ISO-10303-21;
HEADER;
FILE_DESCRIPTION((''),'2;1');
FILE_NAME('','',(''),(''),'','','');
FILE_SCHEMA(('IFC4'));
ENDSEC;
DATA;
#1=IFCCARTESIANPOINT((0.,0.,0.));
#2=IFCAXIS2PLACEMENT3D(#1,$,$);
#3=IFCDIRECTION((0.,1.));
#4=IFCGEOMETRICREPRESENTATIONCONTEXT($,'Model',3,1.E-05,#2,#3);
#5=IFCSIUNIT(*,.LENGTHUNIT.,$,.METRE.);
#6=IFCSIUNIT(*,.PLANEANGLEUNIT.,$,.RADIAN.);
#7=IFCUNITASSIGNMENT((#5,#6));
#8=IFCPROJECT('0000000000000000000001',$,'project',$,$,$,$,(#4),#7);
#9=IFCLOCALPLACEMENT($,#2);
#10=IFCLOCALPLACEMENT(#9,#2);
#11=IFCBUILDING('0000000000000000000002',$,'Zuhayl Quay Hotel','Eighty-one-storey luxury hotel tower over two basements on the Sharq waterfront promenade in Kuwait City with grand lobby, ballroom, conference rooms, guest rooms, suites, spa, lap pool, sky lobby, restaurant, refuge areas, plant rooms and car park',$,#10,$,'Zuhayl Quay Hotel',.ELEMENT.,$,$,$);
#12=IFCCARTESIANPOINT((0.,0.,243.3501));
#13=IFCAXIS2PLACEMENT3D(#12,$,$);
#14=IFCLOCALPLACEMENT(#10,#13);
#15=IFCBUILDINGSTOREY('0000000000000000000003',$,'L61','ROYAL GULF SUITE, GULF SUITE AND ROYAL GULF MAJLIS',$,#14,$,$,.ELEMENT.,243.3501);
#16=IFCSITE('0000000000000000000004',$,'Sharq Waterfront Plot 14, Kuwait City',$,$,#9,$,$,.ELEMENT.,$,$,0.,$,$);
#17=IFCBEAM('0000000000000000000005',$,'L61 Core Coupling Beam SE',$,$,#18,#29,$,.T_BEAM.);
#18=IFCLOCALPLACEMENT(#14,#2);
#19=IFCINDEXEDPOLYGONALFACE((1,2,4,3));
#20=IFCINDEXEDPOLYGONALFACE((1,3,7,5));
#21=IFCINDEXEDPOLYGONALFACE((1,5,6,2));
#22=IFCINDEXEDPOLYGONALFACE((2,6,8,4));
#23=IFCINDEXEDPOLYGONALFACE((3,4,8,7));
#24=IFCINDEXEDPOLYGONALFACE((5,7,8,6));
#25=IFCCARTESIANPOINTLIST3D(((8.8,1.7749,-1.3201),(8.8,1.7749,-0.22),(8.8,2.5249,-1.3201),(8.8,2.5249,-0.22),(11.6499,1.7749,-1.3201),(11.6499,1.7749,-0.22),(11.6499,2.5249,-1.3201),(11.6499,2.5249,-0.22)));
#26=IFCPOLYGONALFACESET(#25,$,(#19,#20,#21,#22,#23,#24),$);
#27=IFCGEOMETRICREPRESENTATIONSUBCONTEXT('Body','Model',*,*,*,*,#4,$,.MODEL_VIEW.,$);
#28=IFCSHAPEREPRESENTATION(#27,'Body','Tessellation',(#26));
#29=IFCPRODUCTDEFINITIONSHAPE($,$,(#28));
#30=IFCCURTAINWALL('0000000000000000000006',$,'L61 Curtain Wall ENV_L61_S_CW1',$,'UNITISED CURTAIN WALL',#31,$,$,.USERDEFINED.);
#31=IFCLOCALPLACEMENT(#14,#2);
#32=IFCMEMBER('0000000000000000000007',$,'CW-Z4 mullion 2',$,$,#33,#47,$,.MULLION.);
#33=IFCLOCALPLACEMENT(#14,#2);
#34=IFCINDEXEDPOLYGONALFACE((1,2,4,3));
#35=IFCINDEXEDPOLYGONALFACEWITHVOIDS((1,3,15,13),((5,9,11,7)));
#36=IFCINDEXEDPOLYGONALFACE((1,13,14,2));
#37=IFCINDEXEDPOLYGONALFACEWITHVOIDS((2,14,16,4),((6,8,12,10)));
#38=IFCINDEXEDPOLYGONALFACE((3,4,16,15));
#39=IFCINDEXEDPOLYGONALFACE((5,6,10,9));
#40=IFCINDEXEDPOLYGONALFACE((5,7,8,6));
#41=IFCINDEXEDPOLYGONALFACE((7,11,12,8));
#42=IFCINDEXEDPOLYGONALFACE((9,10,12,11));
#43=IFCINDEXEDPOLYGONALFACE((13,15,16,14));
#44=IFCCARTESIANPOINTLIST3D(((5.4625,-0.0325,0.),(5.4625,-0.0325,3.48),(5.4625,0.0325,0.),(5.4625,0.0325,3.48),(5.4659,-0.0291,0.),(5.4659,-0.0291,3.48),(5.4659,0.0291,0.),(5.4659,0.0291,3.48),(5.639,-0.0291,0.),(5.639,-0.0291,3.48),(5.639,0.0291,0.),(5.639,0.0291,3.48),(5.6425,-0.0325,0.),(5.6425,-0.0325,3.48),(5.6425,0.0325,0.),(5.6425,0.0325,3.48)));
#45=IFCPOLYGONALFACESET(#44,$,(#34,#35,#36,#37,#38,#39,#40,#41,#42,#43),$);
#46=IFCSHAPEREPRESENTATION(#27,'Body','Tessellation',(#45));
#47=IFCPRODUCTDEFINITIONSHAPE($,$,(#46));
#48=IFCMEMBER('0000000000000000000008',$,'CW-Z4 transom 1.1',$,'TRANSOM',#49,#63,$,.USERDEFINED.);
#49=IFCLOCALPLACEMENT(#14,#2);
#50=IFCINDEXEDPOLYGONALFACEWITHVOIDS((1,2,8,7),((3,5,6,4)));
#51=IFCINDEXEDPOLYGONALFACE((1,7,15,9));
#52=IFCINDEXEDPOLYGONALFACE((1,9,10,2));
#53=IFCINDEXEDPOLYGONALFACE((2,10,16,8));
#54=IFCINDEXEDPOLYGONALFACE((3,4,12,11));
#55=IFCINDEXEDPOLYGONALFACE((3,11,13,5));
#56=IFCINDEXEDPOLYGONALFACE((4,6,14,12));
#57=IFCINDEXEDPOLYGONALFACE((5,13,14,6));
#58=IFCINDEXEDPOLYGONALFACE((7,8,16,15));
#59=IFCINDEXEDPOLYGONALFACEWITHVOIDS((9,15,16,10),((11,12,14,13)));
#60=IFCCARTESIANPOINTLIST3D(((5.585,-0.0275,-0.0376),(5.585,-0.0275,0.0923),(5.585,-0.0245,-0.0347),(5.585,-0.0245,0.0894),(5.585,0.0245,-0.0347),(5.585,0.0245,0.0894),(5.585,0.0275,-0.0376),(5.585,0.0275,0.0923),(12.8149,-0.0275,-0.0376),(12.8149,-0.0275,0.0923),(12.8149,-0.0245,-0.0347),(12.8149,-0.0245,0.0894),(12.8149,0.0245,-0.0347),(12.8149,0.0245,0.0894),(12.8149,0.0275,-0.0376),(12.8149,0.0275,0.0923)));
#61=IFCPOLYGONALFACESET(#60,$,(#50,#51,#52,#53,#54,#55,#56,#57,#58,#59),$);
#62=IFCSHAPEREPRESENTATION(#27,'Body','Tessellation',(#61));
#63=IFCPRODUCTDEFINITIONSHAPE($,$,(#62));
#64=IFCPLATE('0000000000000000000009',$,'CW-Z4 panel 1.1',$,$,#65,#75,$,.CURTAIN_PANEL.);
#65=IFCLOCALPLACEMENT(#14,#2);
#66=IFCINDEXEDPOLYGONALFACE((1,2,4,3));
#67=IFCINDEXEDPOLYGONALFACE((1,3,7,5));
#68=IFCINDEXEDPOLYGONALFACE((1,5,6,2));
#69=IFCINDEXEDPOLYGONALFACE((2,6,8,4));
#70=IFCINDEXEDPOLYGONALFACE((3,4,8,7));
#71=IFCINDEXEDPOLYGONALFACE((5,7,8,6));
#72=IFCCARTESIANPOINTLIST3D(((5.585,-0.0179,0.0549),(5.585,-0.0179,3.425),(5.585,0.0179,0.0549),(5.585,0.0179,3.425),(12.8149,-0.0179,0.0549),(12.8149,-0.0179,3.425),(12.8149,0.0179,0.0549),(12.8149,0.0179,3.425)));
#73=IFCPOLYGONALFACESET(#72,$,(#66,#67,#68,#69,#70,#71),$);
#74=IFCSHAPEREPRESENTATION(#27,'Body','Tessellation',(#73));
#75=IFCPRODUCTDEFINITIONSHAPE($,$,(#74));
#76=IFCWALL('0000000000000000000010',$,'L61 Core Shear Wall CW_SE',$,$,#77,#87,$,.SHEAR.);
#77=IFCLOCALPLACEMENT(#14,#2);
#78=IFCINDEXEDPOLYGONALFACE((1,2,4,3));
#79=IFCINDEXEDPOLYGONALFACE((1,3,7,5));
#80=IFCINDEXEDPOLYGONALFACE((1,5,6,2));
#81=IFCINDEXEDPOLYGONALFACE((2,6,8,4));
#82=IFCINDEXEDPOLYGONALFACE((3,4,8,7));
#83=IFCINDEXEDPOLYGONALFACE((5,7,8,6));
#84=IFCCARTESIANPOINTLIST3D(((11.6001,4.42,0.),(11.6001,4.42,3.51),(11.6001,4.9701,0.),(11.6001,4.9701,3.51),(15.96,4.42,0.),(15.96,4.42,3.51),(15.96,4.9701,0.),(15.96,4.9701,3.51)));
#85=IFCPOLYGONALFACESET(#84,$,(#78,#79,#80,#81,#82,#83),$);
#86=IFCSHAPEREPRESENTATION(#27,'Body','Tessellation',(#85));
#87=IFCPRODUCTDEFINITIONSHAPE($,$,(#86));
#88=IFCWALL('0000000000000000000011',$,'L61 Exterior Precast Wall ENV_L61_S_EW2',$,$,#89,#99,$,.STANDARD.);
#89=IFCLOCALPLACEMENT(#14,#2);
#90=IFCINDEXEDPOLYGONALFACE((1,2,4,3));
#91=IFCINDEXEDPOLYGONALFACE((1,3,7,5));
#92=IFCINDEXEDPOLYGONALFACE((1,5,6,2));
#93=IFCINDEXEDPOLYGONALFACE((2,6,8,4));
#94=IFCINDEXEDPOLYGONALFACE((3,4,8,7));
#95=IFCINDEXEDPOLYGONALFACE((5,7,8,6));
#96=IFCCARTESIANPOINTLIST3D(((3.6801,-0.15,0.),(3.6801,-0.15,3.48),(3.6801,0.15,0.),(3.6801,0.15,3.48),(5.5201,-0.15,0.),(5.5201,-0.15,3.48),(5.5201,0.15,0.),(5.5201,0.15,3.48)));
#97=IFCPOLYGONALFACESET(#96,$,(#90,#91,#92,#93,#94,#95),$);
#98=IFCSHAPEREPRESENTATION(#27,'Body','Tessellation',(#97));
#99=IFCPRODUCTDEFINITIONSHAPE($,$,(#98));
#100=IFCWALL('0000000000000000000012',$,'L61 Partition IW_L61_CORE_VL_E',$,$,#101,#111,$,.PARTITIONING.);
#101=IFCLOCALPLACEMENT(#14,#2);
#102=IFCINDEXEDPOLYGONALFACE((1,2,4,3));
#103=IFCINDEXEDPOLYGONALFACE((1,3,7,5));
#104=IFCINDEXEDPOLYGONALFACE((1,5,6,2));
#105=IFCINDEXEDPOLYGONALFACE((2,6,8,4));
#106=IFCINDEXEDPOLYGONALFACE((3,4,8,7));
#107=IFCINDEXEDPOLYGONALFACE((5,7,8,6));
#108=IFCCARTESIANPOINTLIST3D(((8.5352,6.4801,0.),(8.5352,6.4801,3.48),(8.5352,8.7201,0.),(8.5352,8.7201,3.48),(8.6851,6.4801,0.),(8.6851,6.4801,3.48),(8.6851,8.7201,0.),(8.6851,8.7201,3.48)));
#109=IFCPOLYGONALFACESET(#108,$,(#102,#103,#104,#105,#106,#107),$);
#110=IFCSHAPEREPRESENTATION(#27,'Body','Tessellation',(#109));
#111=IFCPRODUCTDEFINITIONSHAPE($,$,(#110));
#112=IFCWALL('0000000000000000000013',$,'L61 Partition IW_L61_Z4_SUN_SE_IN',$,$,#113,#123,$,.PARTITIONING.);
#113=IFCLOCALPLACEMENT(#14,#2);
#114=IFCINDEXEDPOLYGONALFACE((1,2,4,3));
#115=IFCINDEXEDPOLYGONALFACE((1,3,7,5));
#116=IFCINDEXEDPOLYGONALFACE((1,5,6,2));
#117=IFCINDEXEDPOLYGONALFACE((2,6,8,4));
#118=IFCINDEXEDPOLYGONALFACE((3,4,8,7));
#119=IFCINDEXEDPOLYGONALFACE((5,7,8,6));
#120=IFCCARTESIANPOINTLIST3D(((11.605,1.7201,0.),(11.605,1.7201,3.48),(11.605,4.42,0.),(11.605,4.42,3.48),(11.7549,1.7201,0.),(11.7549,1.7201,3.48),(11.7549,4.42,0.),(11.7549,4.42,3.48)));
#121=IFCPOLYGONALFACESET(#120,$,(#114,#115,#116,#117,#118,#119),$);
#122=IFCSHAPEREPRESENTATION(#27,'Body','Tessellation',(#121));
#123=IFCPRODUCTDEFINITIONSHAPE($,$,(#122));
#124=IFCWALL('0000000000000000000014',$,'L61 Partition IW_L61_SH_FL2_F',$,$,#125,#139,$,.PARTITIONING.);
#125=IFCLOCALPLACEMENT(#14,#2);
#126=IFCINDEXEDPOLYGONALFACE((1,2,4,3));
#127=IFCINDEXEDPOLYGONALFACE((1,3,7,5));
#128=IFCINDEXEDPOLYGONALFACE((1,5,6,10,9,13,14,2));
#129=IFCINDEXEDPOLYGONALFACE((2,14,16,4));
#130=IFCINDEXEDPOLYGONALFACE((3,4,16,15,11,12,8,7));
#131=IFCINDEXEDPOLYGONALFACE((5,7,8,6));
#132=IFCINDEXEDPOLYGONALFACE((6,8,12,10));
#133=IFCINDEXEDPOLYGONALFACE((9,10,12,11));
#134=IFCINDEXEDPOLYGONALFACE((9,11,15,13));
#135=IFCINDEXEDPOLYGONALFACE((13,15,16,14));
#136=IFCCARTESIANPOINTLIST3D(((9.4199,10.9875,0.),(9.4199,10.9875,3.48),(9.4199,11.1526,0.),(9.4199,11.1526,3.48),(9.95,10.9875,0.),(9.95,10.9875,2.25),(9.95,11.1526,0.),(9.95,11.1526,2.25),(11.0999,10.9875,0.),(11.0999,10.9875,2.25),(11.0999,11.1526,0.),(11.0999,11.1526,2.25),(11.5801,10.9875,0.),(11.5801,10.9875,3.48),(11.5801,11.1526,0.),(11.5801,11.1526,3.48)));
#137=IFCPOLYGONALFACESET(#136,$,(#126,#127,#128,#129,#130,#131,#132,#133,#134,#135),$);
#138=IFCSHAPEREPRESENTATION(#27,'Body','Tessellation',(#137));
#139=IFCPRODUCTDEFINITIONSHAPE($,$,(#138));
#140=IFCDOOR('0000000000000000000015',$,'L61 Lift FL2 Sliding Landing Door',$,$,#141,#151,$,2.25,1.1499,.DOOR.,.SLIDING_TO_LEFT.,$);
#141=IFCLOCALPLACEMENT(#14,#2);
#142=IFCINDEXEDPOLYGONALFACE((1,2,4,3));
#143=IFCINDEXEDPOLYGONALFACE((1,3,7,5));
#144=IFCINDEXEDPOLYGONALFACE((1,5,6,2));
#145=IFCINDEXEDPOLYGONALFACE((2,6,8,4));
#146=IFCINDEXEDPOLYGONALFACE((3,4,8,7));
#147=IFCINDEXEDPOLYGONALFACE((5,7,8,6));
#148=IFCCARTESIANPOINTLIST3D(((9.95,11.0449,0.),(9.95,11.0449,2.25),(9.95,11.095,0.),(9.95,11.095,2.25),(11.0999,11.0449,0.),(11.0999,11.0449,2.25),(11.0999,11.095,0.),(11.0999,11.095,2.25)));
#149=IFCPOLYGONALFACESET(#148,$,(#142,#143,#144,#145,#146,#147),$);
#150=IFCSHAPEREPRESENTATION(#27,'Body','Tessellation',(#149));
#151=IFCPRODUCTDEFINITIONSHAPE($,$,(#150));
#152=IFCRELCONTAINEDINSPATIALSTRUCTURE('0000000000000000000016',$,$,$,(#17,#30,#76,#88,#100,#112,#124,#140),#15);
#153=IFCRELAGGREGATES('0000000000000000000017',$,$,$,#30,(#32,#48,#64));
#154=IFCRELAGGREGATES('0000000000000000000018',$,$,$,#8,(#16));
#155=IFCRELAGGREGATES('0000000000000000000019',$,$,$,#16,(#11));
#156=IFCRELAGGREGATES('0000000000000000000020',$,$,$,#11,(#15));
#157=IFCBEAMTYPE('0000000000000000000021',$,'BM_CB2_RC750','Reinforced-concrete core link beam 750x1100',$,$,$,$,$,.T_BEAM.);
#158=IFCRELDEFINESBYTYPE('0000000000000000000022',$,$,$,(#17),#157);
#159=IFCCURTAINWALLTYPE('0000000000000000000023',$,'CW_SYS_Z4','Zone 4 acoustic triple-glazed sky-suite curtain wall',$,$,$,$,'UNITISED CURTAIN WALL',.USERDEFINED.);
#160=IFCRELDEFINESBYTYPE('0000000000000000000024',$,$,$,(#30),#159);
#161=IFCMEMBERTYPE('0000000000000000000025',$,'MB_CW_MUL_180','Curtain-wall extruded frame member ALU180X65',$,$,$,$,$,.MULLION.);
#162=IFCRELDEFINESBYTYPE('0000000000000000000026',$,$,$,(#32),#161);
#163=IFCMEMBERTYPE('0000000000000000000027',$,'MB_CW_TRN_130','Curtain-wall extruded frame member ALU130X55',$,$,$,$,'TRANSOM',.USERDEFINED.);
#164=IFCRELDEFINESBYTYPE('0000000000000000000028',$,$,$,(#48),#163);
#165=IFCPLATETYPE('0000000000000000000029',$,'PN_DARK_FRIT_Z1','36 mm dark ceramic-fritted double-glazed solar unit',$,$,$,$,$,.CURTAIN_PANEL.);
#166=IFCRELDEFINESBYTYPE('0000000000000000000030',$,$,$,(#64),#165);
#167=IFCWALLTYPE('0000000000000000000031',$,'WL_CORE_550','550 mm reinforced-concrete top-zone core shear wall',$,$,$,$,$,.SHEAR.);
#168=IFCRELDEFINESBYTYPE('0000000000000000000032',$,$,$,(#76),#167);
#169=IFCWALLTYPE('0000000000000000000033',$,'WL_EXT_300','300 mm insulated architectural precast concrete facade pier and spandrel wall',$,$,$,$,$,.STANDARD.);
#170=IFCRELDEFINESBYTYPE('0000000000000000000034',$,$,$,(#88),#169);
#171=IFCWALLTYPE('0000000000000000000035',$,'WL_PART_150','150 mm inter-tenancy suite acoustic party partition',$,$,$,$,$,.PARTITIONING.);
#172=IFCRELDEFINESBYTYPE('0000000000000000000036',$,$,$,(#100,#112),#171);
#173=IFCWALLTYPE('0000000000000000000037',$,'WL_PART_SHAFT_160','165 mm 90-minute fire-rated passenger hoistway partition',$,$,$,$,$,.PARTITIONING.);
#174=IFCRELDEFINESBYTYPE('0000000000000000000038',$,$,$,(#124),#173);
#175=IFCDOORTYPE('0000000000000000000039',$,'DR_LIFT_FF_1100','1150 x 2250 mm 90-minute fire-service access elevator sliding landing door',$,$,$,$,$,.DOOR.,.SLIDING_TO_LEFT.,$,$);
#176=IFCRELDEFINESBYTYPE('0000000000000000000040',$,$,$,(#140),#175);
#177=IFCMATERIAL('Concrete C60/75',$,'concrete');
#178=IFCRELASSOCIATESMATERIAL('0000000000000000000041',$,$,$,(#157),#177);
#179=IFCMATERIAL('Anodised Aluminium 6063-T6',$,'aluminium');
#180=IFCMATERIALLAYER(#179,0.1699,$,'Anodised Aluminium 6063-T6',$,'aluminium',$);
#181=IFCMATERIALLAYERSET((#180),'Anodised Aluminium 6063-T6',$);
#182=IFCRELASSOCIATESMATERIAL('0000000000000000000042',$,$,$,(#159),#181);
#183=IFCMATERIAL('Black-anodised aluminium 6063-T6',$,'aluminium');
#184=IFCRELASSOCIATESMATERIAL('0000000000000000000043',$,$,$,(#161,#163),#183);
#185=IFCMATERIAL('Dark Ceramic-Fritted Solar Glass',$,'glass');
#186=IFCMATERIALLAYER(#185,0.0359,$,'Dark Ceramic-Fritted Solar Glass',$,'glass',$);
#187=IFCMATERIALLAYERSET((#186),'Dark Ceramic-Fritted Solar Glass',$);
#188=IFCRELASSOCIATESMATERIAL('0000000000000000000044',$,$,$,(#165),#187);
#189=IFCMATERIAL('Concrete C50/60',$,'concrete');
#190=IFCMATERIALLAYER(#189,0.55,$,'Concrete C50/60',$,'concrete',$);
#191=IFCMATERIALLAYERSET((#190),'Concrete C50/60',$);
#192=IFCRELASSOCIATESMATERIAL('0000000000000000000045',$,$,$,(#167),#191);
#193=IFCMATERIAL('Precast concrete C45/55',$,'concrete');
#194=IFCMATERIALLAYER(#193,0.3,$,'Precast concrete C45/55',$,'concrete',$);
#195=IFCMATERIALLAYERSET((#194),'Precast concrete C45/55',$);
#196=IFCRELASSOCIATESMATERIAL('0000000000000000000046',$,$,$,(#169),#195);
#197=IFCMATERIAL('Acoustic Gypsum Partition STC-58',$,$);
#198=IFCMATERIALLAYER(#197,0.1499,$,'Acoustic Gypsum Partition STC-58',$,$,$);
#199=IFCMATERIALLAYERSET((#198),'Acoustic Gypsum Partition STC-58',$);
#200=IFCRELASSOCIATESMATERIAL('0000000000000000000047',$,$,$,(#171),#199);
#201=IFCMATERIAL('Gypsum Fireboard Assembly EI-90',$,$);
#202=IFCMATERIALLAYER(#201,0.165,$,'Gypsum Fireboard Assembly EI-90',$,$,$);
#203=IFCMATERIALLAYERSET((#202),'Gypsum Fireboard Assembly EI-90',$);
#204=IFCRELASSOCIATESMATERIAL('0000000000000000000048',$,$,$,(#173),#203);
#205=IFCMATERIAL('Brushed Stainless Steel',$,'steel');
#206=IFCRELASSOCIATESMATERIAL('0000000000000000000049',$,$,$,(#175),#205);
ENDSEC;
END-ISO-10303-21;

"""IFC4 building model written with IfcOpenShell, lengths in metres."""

from ifc_helpers import new_model, si_unit, direction, frame, frame_2d, origin, origin_2d, place, context, subcontext, project, spatial, rectangle, hollow_rectangle, extrude, material, layer, layer_set, material_profile, profile_set, type_object, element, fill, aggregate, save


model = new_model("IFC4")

# Units and contexts
model_context = context("Model", 3, precision=1e-05, world=origin(), true_north=direction((0.0, 1.0)))
body_context = subcontext(model_context, "Body", "Model", "MODEL_VIEW")
ifc_project = project(units=[si_unit("LENGTHUNIT", "METRE"), si_unit("PLANEANGLEUNIT", "RADIAN")], contexts=[model_context])

# Site, building, storey
site_placement = place(None, origin())
site = spatial("IfcSite", under=ifc_project, at=site_placement, Name="Sharq Waterfront Plot 14, Kuwait City", CompositionType="ELEMENT", RefElevation=0.0)
building_placement = place(site_placement, origin())
building = spatial("IfcBuilding", under=site, at=building_placement, Name="Zuhayl Quay Hotel", Description="Eighty-one-storey luxury hotel tower over two basements on the Sharq waterfront promenade in Kuwait City with grand lobby, ballroom, conference rooms, guest rooms, suites, spa, lap pool, sky lobby, restaurant, refuge areas, plant rooms and car park", LongName="Zuhayl Quay Hotel", CompositionType="ELEMENT")
storey_placement = place(building_placement, frame((0.0, 0.0, 243.3501)))
storey = spatial("IfcBuildingStorey", under=building, at=storey_placement, Name="L61", Description="ROYAL GULF SUITE, GULF SUITE AND ROYAL GULF MAJLIS", CompositionType="ELEMENT", Elevation=243.3501)

# Beam
ifc_material_1 = material(Name="Concrete C60/75", Category="concrete")
ifc_material_profile_1 = material_profile(ifc_material_1, rectangle(XDim=0.75, YDim=1.1001, at=origin_2d()), Name="RC750X1100")
ifc_profile_set_1 = profile_set([ifc_material_profile_1], Name="Concrete C60/75")
beam_type = type_object("IfcBeamType", Name="BM_CB2_RC750", Description="Reinforced-concrete core link beam 750x1100", PredefinedType="T_BEAM", material=ifc_profile_set_1)
beam_placement = place(storey_placement, frame((8.8, 2.1499, -0.77), z_axis=(1.0, 0.0, 0.0), x_axis=(0.0, 1.0, 0.0)))
element("IfcBeam", 1, at=beam_placement, inside=storey, type_object=beam_type, Name="L61 Core Coupling Beam SE", PredefinedType="T_BEAM", context=body_context, shape_type="SweptSolid", body=[
    extrude(rectangle(XDim=0.75, YDim=1.1001, at=origin_2d()), origin(), (0.0, 0.0, 1.0), 2.8499),
])

# Curtain wall, members, plate
ifc_material_2 = material(Name="Anodised Aluminium 6063-T6", Category="aluminium")
ifc_layer_1 = layer(ifc_material_2, 0.1699, Name="Anodised Aluminium 6063-T6", Category="aluminium")
ifc_layer_set_1 = layer_set([ifc_layer_1], Name="Anodised Aluminium 6063-T6")
curtain_wall_type = type_object("IfcCurtainWallType", Name="CW_SYS_Z4", Description="Zone 4 acoustic triple-glazed sky-suite curtain wall", ElementType="UNITISED CURTAIN WALL", PredefinedType="USERDEFINED", material=ifc_layer_set_1)
curtain_wall_placement = place(storey_placement, origin())
curtain_wall = element("IfcCurtainWall", 2, at=curtain_wall_placement, inside=storey, type_object=curtain_wall_type, Name="L61 Curtain Wall ENV_L61_S_CW1", ObjectType="UNITISED CURTAIN WALL", PredefinedType="USERDEFINED")
ifc_material_3 = material(Name="Black-anodised aluminium 6063-T6", Category="aluminium")
ifc_material_profile_2 = material_profile(ifc_material_3, hollow_rectangle(XDim=0.0649, YDim=0.1799, WallThickness=0.0034, at=origin_2d()), Name="ALU180X65")
ifc_profile_set_2 = profile_set([ifc_material_profile_2], Name="Black-anodised aluminium 6063-T6")
member_type_1 = type_object("IfcMemberType", Name="MB_CW_MUL_180", Description="Curtain-wall extruded frame member ALU180X65", PredefinedType="MULLION", material=ifc_profile_set_2)
member_1_placement = place(storey_placement, frame((5.5525, 0.0, 0.0), z_axis=(0.0, 0.0, 1.0), x_axis=(0.0, -1.0, 0.0)))
member_1 = element("IfcMember", 3, at=member_1_placement, type_object=member_type_1, Name="CW-Z4 mullion 2", PredefinedType="MULLION", context=body_context, shape_type="SweptSolid", body=[
    extrude(hollow_rectangle(XDim=0.0649, YDim=0.1799, WallThickness=0.0034, at=origin_2d()), origin(), (0.0, 0.0, 1.0), 3.48),
])
ifc_material_profile_3 = material_profile(ifc_material_3, hollow_rectangle(XDim=0.0549, YDim=0.1299, WallThickness=0.0029, at=origin_2d()), Name="ALU130X55")
ifc_profile_set_3 = profile_set([ifc_material_profile_3], Name="Black-anodised aluminium 6063-T6")
member_type_2 = type_object("IfcMemberType", Name="MB_CW_TRN_130", Description="Curtain-wall extruded frame member ALU130X55", ElementType="TRANSOM", PredefinedType="USERDEFINED", material=ifc_profile_set_3)
member_2_placement = place(storey_placement, frame((12.8149, 0.0, 0.0273), z_axis=(-1.0, 0.0, 0.0), x_axis=(0.0, -1.0, 0.0)))
member_2 = element("IfcMember", 4, at=member_2_placement, type_object=member_type_2, Name="CW-Z4 transom 1.1", ObjectType="TRANSOM", PredefinedType="USERDEFINED", context=body_context, shape_type="SweptSolid", body=[
    extrude(hollow_rectangle(XDim=0.0549, YDim=0.1299, WallThickness=0.0029, at=origin_2d()), origin(), (0.0, 0.0, 1.0), 7.23),
])
ifc_material_4 = material(Name="Dark Ceramic-Fritted Solar Glass", Category="glass")
ifc_layer_2 = layer(ifc_material_4, 0.0359, Name="Dark Ceramic-Fritted Solar Glass", Category="glass")
ifc_layer_set_2 = layer_set([ifc_layer_2], Name="Dark Ceramic-Fritted Solar Glass")
plate_type = type_object("IfcPlateType", Name="PN_DARK_FRIT_Z1", Description="36 mm dark ceramic-fritted double-glazed solar unit", PredefinedType="CURTAIN_PANEL", material=ifc_layer_set_2)
plate_placement = place(storey_placement, frame((9.2, 0.0, 0.0549), z_axis=(0.0, 0.0, 1.0), x_axis=(-1.0, 0.0, 0.0)))
plate = element("IfcPlate", 5, at=plate_placement, type_object=plate_type, Name="CW-Z4 panel 1.1", PredefinedType="CURTAIN_PANEL", context=body_context, shape_type="SweptSolid", body=[
    extrude(rectangle(XDim=7.23, YDim=0.0359, at=origin_2d()), origin(), (0.0, 0.0, 1.0), 3.3701),
])
aggregate(curtain_wall, [member_1, member_2, plate])

# Walls
ifc_material_5 = material(Name="Concrete C50/60", Category="concrete")
ifc_layer_3 = layer(ifc_material_5, 0.55, Name="Concrete C50/60", Category="concrete")
ifc_layer_set_3 = layer_set([ifc_layer_3], Name="Concrete C50/60")
wall_type_1 = type_object("IfcWallType", Name="WL_CORE_550", Description="550 mm reinforced-concrete top-zone core shear wall", PredefinedType="SHEAR", material=ifc_layer_set_3)
wall_1_placement = place(storey_placement, frame((11.6001, 4.6951, 0.0), z_axis=(0.0, 0.0, 1.0), x_axis=(1.0, 0.0, 0.0)))
element("IfcWall", 6, at=wall_1_placement, inside=storey, type_object=wall_type_1, Name="L61 Core Shear Wall CW_SE", PredefinedType="SHEAR", context=body_context, shape_type="SweptSolid", body=[
    extrude(rectangle(XDim=4.3599, YDim=0.55, at=frame_2d((2.1799, 0.0))), origin(), (0.0, 0.0, 1.0), 3.51),
])
ifc_material_6 = material(Name="Precast concrete C45/55", Category="concrete")
ifc_layer_4 = layer(ifc_material_6, 0.3, Name="Precast concrete C45/55", Category="concrete")
ifc_layer_set_4 = layer_set([ifc_layer_4], Name="Precast concrete C45/55")
wall_type_2 = type_object("IfcWallType", Name="WL_EXT_300", Description="300 mm insulated architectural precast concrete facade pier and spandrel wall", PredefinedType="STANDARD", material=ifc_layer_set_4)
wall_2_placement = place(storey_placement, frame((5.52, 0.0, 0.0), z_axis=(0.0, 0.0, 1.0), x_axis=(-1.0, 0.0, 0.0)))
element("IfcWall", 7, at=wall_2_placement, inside=storey, type_object=wall_type_2, Name="L61 Exterior Precast Wall ENV_L61_S_EW2", PredefinedType="STANDARD", context=body_context, shape_type="SweptSolid", body=[
    extrude(rectangle(XDim=1.8401, YDim=0.3, at=frame_2d((0.9199, 0.0))), origin(), (0.0, 0.0, 1.0), 3.48),
])
ifc_material_7 = material(Name="Acoustic Gypsum Partition STC-58")
ifc_layer_5 = layer(ifc_material_7, 0.1499, Name="Acoustic Gypsum Partition STC-58")
ifc_layer_set_5 = layer_set([ifc_layer_5], Name="Acoustic Gypsum Partition STC-58")
wall_type_3 = type_object("IfcWallType", Name="WL_PART_150", Description="150 mm inter-tenancy suite acoustic party partition", PredefinedType="PARTITIONING", material=ifc_layer_set_5)
wall_3_placement = place(storey_placement, frame((8.6101, 6.48, 0.0), z_axis=(0.0, 0.0, 1.0), x_axis=(0.0, 1.0, 0.0)))
element("IfcWall", 8, at=wall_3_placement, inside=storey, type_object=wall_type_3, Name="L61 Partition IW_L61_CORE_VL_E", PredefinedType="PARTITIONING", context=body_context, shape_type="SweptSolid", body=[
    extrude(rectangle(XDim=2.24, YDim=0.1499, at=frame_2d((1.1201, 0.0))), origin(), (0.0, 0.0, 1.0), 3.48),
])
wall_4_placement = place(storey_placement, frame((11.6799, 1.72, 0.0), z_axis=(0.0, 0.0, 1.0), x_axis=(0.0, 1.0, 0.0)))
element("IfcWall", 9, at=wall_4_placement, inside=storey, type_object=wall_type_3, Name="L61 Partition IW_L61_Z4_SUN_SE_IN", PredefinedType="PARTITIONING", context=body_context, shape_type="SweptSolid", body=[
    extrude(rectangle(XDim=2.7, YDim=0.1499, at=frame_2d((1.3501, 0.0))), origin(), (0.0, 0.0, 1.0), 3.48),
])

# Wall, opening, door
ifc_material_8 = material(Name="Gypsum Fireboard Assembly EI-90")
ifc_layer_6 = layer(ifc_material_8, 0.165, Name="Gypsum Fireboard Assembly EI-90")
ifc_layer_set_6 = layer_set([ifc_layer_6], Name="Gypsum Fireboard Assembly EI-90")
wall_type_4 = type_object("IfcWallType", Name="WL_PART_SHAFT_160", Description="165 mm 90-minute fire-rated passenger hoistway partition", PredefinedType="PARTITIONING", material=ifc_layer_set_6)
wall_5_placement = place(storey_placement, frame((9.4199, 11.0701, 0.0), z_axis=(0.0, 0.0, 1.0), x_axis=(1.0, 0.0, 0.0)))
wall_5 = element("IfcWall", 10, at=wall_5_placement, inside=storey, type_object=wall_type_4, Name="L61 Partition IW_L61_SH_FL2_F", PredefinedType="PARTITIONING", context=body_context, shape_type="SweptSolid", body=[
    extrude(rectangle(XDim=2.1602, YDim=0.165, at=frame_2d((1.0801, 0.0))), origin(), (0.0, 0.0, 1.0), 3.48),
])
opening_1_placement = place(wall_5_placement, frame((0.53, 0.0, 0.0)))
opening_1 = element("IfcOpeningElement", 11, at=opening_1_placement, cuts=wall_5, PredefinedType="OPENING", context=body_context, shape_type="SweptSolid", body=[
    extrude(rectangle(XDim=1.1499, YDim=2.25, at=frame_2d((0.575, 1.125))), frame((0.0, 0.0925, 0.0), z_axis=(0.0, -1.0, 0.0), x_axis=(1.0, 0.0, 0.0)), (0.0, 0.0, 1.0), 0.1851),
])
ifc_material_9 = material(Name="Brushed Stainless Steel", Category="steel")
door_type_1 = type_object("IfcDoorType", Name="DR_LIFT_FF_1100", Description="1150 x 2250 mm 90-minute fire-service access elevator sliding landing door", OperationType="SLIDING_TO_LEFT", PredefinedType="DOOR", material=ifc_material_9)
door_1_placement = place(opening_1_placement, origin())
door_1 = element("IfcDoor", 12, at=door_1_placement, inside=storey, type_object=door_type_1, Name="L61 Lift FL2 Sliding Landing Door", OperationType="SLIDING_TO_LEFT", OverallHeight=2.25, OverallWidth=1.1499, PredefinedType="DOOR", context=body_context, shape_type="SweptSolid", body=[
    extrude(rectangle(XDim=1.1499, YDim=2.25, at=frame_2d((0.575, 1.125))), frame((0.0, 0.0249, 0.0), z_axis=(0.0, -1.0, 0.0), x_axis=(1.0, 0.0, 0.0)), (0.0, 0.0, 1.0), 0.05),
])
fill(opening_1, door_1)

save(model, "model.ifc")
